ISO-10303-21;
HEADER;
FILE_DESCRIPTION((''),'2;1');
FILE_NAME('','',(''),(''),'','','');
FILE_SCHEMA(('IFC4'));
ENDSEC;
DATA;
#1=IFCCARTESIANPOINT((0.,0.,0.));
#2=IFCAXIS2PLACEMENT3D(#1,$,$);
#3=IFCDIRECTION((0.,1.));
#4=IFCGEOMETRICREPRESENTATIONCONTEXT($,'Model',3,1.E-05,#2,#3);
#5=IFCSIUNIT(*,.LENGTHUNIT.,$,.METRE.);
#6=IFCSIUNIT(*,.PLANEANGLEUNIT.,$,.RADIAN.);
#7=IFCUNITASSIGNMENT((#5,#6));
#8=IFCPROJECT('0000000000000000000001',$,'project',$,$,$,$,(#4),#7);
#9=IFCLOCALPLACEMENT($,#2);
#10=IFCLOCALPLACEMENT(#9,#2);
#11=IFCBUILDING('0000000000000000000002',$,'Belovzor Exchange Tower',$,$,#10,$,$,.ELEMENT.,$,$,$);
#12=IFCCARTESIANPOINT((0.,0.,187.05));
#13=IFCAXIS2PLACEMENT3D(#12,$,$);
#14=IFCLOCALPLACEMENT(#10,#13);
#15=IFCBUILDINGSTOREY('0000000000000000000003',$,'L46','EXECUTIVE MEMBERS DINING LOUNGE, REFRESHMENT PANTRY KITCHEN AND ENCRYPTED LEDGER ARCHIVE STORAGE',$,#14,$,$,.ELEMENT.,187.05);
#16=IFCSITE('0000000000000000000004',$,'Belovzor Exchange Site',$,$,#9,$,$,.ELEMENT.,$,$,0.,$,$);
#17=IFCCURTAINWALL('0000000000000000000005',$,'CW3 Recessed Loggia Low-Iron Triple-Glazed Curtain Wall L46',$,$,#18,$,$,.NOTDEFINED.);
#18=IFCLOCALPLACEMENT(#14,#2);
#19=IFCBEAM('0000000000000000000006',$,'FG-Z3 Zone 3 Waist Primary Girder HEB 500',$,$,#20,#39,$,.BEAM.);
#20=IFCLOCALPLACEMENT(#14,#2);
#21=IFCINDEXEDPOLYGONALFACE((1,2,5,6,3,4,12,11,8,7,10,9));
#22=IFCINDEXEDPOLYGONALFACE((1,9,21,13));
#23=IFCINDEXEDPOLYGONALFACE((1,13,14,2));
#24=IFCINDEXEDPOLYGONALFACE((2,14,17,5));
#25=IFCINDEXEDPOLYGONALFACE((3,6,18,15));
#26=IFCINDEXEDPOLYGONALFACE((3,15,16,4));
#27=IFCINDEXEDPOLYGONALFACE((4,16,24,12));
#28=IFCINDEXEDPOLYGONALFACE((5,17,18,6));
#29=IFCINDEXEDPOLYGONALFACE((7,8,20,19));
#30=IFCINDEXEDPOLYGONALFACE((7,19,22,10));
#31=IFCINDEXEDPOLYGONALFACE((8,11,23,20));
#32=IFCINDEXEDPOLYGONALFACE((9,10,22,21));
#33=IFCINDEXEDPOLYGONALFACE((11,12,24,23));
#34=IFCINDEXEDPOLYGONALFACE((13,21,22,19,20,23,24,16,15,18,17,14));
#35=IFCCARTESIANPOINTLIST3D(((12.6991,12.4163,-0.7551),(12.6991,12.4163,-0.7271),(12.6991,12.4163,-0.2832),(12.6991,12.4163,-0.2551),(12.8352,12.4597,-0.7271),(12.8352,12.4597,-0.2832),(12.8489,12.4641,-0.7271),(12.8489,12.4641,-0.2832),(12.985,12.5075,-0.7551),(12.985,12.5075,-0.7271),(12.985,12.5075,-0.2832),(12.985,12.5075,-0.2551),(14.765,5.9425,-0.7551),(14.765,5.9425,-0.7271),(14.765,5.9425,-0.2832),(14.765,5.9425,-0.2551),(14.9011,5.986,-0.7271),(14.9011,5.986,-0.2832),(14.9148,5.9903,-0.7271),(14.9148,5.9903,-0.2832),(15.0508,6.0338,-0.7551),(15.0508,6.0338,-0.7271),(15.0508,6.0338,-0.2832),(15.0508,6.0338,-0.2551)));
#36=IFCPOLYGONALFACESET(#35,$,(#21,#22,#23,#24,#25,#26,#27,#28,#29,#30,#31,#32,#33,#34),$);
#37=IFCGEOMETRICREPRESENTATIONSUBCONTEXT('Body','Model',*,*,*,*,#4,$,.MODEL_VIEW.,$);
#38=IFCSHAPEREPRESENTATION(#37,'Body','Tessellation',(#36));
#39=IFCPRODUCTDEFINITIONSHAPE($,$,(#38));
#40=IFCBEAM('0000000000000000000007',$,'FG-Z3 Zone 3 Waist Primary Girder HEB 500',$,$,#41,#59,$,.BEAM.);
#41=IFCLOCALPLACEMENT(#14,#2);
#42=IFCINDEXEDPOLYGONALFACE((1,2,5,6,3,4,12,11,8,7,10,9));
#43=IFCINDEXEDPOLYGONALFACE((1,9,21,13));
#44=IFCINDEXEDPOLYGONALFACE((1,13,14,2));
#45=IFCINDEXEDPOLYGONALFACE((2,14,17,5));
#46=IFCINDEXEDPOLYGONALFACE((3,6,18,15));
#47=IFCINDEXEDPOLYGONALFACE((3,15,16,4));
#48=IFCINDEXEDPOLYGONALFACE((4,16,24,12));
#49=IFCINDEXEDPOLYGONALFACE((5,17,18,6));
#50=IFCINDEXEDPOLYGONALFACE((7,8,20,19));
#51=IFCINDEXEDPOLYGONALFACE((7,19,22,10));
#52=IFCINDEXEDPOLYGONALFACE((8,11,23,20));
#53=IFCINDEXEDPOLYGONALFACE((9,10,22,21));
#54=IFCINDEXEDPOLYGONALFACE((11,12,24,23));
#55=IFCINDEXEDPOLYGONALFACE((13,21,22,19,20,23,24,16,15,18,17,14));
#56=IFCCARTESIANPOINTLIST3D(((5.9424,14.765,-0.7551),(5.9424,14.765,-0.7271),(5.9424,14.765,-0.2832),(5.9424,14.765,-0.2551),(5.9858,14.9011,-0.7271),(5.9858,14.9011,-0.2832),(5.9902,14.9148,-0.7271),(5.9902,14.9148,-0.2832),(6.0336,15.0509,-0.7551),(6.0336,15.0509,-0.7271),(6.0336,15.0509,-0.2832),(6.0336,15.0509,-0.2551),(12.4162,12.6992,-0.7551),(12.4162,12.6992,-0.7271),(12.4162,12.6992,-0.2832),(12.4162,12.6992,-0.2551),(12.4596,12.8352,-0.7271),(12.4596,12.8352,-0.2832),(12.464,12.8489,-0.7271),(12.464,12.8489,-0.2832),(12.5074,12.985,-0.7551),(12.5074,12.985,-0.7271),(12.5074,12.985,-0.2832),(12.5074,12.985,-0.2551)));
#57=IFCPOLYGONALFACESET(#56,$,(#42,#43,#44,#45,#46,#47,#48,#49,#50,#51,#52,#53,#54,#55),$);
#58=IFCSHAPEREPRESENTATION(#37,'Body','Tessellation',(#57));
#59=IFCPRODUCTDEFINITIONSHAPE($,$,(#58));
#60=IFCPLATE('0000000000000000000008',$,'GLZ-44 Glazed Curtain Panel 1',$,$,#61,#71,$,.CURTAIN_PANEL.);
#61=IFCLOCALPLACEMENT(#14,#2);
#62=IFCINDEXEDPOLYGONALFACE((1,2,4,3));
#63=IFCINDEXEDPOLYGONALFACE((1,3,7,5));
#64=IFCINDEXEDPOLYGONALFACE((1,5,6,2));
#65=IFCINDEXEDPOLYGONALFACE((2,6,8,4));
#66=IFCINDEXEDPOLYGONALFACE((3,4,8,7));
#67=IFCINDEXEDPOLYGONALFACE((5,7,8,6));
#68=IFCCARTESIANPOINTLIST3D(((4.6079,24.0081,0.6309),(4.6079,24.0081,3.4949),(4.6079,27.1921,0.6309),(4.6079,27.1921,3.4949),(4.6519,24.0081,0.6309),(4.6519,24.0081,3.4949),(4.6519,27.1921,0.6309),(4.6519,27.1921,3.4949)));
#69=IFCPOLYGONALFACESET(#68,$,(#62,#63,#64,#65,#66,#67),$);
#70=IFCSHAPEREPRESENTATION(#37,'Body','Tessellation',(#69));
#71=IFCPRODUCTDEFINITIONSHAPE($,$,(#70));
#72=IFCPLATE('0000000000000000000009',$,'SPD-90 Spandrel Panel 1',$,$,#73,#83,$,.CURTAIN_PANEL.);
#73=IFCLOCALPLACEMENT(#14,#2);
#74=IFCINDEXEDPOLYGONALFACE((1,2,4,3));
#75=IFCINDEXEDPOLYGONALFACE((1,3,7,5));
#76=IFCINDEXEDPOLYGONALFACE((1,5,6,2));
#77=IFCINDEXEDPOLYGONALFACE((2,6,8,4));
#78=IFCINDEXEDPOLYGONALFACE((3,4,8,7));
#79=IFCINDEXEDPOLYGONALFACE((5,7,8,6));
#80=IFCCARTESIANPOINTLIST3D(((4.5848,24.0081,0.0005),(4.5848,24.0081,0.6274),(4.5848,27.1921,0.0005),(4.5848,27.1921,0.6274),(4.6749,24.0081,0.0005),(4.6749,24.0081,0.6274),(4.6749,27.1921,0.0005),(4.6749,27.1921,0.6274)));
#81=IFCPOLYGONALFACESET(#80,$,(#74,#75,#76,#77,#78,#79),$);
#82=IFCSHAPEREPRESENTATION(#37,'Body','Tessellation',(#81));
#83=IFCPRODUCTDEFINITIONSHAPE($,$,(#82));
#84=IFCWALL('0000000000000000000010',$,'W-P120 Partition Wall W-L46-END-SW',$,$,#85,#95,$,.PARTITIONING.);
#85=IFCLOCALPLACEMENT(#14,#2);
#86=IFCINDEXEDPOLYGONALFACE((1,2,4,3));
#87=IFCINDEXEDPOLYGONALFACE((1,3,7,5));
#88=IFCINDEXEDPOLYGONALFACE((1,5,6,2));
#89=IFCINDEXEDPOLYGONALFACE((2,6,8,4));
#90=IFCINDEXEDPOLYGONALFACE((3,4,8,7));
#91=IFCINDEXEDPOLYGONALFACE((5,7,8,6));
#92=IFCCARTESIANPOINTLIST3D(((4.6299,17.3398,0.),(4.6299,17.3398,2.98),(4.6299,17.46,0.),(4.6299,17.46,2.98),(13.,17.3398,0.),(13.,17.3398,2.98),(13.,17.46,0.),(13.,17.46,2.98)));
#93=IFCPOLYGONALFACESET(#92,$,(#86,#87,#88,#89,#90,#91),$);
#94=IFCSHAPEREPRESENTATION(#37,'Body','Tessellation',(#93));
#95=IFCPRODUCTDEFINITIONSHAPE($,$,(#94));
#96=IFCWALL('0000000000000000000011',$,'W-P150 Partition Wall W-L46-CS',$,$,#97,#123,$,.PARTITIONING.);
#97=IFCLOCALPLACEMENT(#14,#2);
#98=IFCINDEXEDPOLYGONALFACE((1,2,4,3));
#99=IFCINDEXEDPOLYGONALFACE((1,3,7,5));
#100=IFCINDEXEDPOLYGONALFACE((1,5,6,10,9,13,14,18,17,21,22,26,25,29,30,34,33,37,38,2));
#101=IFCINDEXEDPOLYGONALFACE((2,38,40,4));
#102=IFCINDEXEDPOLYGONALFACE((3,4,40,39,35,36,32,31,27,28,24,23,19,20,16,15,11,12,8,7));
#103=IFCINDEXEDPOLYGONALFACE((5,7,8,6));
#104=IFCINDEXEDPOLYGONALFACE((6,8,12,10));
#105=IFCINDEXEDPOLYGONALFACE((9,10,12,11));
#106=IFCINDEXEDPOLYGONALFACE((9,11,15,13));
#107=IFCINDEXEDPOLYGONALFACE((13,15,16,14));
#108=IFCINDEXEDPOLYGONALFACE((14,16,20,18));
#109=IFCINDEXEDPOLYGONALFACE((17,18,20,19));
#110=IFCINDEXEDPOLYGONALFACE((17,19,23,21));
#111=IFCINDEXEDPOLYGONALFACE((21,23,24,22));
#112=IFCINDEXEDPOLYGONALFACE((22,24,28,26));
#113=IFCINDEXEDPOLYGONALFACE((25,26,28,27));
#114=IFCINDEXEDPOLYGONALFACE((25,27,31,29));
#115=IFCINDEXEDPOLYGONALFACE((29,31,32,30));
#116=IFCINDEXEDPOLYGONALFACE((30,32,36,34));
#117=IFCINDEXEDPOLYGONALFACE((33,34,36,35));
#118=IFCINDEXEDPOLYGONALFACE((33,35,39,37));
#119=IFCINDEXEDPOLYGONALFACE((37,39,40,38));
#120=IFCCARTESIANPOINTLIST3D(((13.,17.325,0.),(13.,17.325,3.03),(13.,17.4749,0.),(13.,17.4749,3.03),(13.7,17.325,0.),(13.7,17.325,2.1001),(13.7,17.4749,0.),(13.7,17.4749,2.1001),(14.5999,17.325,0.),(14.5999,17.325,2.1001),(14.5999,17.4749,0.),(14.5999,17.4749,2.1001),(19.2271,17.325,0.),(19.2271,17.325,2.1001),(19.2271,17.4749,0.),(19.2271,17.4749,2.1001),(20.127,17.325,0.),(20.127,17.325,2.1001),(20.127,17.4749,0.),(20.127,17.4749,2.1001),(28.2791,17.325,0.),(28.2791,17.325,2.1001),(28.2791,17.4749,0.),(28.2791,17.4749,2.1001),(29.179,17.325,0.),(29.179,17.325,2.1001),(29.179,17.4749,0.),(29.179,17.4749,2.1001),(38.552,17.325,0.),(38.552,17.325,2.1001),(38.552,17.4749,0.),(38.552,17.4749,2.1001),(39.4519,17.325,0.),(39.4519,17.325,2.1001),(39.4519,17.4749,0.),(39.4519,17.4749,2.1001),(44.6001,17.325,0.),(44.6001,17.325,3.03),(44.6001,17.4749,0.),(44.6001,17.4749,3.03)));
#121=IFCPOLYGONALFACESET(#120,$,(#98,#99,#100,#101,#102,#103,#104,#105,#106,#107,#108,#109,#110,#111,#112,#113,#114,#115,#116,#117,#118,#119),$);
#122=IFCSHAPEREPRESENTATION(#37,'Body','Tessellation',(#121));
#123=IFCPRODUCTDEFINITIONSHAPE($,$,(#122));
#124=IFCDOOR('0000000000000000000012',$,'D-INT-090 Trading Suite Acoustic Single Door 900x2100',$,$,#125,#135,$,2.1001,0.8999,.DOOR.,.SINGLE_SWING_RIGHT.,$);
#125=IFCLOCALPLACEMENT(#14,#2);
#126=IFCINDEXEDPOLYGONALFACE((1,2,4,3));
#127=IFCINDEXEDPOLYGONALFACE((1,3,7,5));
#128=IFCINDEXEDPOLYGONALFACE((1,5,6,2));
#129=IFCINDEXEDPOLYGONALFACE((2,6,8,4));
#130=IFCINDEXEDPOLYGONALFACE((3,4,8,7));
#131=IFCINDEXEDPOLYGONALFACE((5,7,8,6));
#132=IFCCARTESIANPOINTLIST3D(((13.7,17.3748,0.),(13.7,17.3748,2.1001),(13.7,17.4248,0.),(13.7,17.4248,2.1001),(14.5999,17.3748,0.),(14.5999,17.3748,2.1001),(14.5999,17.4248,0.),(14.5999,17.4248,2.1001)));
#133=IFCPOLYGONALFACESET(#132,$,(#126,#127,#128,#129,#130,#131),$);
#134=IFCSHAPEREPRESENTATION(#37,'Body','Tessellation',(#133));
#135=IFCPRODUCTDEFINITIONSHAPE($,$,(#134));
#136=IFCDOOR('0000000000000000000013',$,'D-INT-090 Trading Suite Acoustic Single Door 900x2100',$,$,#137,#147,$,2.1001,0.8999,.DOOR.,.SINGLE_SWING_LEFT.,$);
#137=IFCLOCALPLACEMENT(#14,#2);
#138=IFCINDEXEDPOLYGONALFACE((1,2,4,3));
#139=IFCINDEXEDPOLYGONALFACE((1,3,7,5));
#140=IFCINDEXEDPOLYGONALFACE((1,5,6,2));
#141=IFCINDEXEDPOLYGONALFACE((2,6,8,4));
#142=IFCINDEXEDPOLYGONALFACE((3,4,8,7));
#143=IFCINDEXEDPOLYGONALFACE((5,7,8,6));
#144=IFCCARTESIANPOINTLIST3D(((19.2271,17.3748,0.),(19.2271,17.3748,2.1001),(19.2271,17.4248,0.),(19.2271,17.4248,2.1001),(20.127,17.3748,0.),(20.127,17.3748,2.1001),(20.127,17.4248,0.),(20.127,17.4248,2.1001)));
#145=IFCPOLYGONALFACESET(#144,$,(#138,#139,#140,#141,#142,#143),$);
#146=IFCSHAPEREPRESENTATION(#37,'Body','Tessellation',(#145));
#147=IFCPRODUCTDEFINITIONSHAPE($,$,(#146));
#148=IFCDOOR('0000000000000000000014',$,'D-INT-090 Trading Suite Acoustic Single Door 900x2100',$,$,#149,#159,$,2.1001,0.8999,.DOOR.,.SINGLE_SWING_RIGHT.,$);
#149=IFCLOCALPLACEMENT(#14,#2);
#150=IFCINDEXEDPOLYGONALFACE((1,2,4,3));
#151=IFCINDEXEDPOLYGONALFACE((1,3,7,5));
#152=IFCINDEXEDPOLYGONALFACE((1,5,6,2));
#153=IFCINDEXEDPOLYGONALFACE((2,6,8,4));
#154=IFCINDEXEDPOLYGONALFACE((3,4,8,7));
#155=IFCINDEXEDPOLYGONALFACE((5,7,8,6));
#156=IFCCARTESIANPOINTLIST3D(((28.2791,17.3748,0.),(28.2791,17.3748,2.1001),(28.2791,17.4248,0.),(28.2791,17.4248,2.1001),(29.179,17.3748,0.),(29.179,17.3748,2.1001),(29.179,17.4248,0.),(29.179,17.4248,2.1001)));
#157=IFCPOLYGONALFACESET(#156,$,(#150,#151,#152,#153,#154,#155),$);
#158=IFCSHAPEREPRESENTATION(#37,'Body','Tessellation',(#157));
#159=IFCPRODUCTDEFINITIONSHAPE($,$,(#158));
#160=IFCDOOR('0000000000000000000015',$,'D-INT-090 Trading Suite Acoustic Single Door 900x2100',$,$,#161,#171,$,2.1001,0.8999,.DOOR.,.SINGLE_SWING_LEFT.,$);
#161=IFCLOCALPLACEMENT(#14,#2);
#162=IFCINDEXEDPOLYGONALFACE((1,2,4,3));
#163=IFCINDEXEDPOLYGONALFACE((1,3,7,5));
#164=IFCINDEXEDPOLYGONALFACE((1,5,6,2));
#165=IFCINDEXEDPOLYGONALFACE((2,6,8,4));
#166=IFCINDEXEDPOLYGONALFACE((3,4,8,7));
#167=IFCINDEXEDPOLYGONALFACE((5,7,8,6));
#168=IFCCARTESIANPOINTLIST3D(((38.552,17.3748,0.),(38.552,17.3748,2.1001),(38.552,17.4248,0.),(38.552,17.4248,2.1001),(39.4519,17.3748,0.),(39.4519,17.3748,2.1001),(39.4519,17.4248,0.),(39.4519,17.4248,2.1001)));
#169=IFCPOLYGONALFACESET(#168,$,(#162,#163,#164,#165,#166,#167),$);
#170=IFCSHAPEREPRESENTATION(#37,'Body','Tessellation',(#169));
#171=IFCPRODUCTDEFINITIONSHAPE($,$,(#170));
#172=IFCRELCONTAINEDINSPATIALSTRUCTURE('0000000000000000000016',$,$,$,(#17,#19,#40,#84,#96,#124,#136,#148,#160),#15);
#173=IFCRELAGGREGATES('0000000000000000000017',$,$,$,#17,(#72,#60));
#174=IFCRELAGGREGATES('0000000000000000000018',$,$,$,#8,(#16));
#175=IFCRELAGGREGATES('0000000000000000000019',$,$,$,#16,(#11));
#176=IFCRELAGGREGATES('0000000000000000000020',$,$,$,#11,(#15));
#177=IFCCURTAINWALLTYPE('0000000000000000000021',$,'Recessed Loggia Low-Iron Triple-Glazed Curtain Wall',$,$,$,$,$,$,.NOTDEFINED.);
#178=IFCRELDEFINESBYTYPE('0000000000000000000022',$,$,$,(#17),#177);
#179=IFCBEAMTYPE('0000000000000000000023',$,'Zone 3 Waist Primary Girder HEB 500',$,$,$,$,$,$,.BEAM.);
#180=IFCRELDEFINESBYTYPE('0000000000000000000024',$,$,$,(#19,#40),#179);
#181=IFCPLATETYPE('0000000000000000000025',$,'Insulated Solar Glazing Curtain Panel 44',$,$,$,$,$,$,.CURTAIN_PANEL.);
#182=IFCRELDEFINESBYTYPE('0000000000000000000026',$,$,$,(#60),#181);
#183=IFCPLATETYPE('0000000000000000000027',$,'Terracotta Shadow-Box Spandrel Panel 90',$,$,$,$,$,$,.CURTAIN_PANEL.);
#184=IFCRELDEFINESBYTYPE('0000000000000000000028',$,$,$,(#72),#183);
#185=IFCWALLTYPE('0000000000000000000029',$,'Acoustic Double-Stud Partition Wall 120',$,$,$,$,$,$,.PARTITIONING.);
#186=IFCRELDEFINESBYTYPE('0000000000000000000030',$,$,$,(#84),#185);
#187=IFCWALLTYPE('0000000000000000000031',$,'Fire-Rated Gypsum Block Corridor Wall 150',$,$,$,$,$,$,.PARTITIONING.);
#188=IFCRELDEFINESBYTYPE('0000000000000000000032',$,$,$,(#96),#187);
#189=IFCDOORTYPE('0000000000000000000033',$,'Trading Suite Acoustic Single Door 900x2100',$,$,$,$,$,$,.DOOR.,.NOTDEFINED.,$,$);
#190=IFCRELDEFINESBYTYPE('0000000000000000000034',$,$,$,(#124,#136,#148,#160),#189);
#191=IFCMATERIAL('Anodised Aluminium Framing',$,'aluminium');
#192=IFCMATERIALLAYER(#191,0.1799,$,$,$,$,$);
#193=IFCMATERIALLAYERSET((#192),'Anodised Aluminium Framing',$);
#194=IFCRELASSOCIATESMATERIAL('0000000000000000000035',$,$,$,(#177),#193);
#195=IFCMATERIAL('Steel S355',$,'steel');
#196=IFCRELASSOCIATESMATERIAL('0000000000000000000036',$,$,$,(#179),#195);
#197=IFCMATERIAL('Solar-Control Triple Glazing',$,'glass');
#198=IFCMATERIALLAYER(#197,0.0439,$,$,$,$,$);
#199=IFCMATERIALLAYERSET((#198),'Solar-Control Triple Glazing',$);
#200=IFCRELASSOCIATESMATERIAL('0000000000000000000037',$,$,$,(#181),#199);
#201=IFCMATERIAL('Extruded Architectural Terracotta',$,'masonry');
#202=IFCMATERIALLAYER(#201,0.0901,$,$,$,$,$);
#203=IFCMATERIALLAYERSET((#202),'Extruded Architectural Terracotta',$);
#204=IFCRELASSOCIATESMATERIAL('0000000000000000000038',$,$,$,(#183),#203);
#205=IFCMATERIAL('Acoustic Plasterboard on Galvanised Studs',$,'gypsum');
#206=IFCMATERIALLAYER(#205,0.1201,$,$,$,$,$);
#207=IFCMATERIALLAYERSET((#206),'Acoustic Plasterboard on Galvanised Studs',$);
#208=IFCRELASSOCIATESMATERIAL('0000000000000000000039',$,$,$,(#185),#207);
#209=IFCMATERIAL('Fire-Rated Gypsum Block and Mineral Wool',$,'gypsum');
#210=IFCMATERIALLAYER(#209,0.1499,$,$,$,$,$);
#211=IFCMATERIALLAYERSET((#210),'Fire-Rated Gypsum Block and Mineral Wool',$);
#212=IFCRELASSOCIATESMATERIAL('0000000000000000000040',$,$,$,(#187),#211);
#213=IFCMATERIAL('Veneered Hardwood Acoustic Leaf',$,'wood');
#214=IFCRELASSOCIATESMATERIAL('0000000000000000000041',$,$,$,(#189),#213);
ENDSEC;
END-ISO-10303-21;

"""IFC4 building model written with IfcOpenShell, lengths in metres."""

from ifc_helpers import new_model, si_unit, direction, frame, frame_2d, origin, origin_2d, place, context, subcontext, project, spatial, rectangle, i_section, extrude, material, layer, layer_set, material_profile, profile_set, type_object, element, fill, aggregate, save


model = new_model("IFC4")

# Units and contexts
model_context = context("Model", 3, precision=1e-05, world=origin(), true_north=direction((0.0, 1.0)))
body_context = subcontext(model_context, "Body", "Model", "MODEL_VIEW")
ifc_project = project(units=[si_unit("LENGTHUNIT", "METRE"), si_unit("PLANEANGLEUNIT", "RADIAN")], contexts=[model_context])

# Site, building, storey
site_placement = place(None, origin())
site = spatial("IfcSite", under=ifc_project, at=site_placement, Name="Belovzor Exchange Site", CompositionType="ELEMENT", RefElevation=0.0)
building_placement = place(site_placement, origin())
building = spatial("IfcBuilding", under=site, at=building_placement, Name="Belovzor Exchange Tower", CompositionType="ELEMENT")
storey_placement = place(building_placement, frame((0.0, 0.0, 187.05)))
storey = spatial("IfcBuildingStorey", under=building, at=storey_placement, Name="L46", Description="EXECUTIVE MEMBERS DINING LOUNGE, REFRESHMENT PANTRY KITCHEN AND ENCRYPTED LEDGER ARCHIVE STORAGE", CompositionType="ELEMENT", Elevation=187.05)

# Curtain wall
ifc_material_1 = material(Name="Anodised Aluminium Framing", Category="aluminium")
ifc_layer_1 = layer(ifc_material_1, 0.1799)
ifc_layer_set_1 = layer_set([ifc_layer_1], Name="Anodised Aluminium Framing")
curtain_wall_type = type_object("IfcCurtainWallType", Name="Recessed Loggia Low-Iron Triple-Glazed Curtain Wall", PredefinedType="NOTDEFINED", material=ifc_layer_set_1)
curtain_wall_placement = place(storey_placement, origin())
curtain_wall = element("IfcCurtainWall", 1, at=curtain_wall_placement, inside=storey, type_object=curtain_wall_type, Name="CW3 Recessed Loggia Low-Iron Triple-Glazed Curtain Wall L46", PredefinedType="NOTDEFINED")

# Beams
ifc_material_2 = material(Name="Steel S355", Category="steel")
ifc_material_profile_1 = material_profile(ifc_material_2, i_section(OverallWidth=0.3, OverallDepth=0.5, WebThickness=0.0144, FlangeThickness=0.0281, at=origin_2d()))
ifc_profile_set_1 = profile_set([ifc_material_profile_1], Name="Steel S355")
beam_type_1 = type_object("IfcBeamType", Name="Zone 3 Waist Primary Girder HEB 500", PredefinedType="BEAM", material=ifc_profile_set_1)
for number, where, z_axis, x_axis, name in (
    (2, (12.842, 12.4619, -0.5051), (0.304012, -0.952668, 0.0), (0.952668, 0.304012, 0.0), "FG-Z3 Zone 3 Waist Primary Girder HEB 500"),
    (3, (5.988, 14.908, -0.5051), (0.952668, -0.304012, 0.0), (0.304012, 0.952668, 0.0), "FG-Z3 Zone 3 Waist Primary Girder HEB 500"),
):
    element("IfcBeam", number, at=place(storey_placement, frame(where, z_axis=z_axis, x_axis=x_axis)), inside=storey, type_object=beam_type_1, Name=name, PredefinedType="BEAM", context=body_context, shape_type="SweptSolid", body=[
        extrude(i_section(OverallWidth=0.3, OverallDepth=0.5, WebThickness=0.0144, FlangeThickness=0.0281, at=origin_2d()), origin(), (0.0, 0.0, 1.0), 6.7954),
    ])

# Plates
ifc_material_3 = material(Name="Solar-Control Triple Glazing", Category="glass")
ifc_layer_2 = layer(ifc_material_3, 0.0439)
ifc_layer_set_2 = layer_set([ifc_layer_2], Name="Solar-Control Triple Glazing")
plate_type_1 = type_object("IfcPlateType", Name="Insulated Solar Glazing Curtain Panel 44", PredefinedType="CURTAIN_PANEL", material=ifc_layer_set_2)
plate_1_placement = place(storey_placement, frame((4.6299, 25.6001, 0.6309), z_axis=(0.0, 0.0, 1.0), x_axis=(0.0, 1.0, 0.0)))
plate_1 = element("IfcPlate", 4, at=plate_1_placement, type_object=plate_type_1, Name="GLZ-44 Glazed Curtain Panel 1", PredefinedType="CURTAIN_PANEL", context=body_context, shape_type="SweptSolid", body=[
    extrude(rectangle(XDim=3.1841, YDim=0.0439, at=origin_2d()), origin(), (0.0, 0.0, 1.0), 2.864),
])
ifc_material_4 = material(Name="Extruded Architectural Terracotta", Category="masonry")
ifc_layer_3 = layer(ifc_material_4, 0.0901)
ifc_layer_set_3 = layer_set([ifc_layer_3], Name="Extruded Architectural Terracotta")
plate_type_2 = type_object("IfcPlateType", Name="Terracotta Shadow-Box Spandrel Panel 90", PredefinedType="CURTAIN_PANEL", material=ifc_layer_set_3)
plate_2_placement = place(storey_placement, frame((4.6299, 25.6001, 0.0005), z_axis=(0.0, 0.0, 1.0), x_axis=(0.0, 1.0, 0.0)))
plate_2 = element("IfcPlate", 5, at=plate_2_placement, type_object=plate_type_2, Name="SPD-90 Spandrel Panel 1", PredefinedType="CURTAIN_PANEL", context=body_context, shape_type="SweptSolid", body=[
    extrude(rectangle(XDim=3.1841, YDim=0.0901, at=origin_2d()), origin(), (0.0, 0.0, 1.0), 0.627),
])
aggregate(curtain_wall, [plate_2, plate_1])

# Wall
ifc_material_5 = material(Name="Acoustic Plasterboard on Galvanised Studs", Category="gypsum")
ifc_layer_4 = layer(ifc_material_5, 0.1201)
ifc_layer_set_4 = layer_set([ifc_layer_4], Name="Acoustic Plasterboard on Galvanised Studs")
wall_type_1 = type_object("IfcWallType", Name="Acoustic Double-Stud Partition Wall 120", PredefinedType="PARTITIONING", material=ifc_layer_set_4)
wall_1_placement = place(storey_placement, frame((4.6299, 17.3999, 0.0), z_axis=(0.0, 0.0, 1.0), x_axis=(1.0, 0.0, 0.0)))
element("IfcWall", 6, at=wall_1_placement, inside=storey, type_object=wall_type_1, Name="W-P120 Partition Wall W-L46-END-SW", PredefinedType="PARTITIONING", context=body_context, shape_type="SweptSolid", body=[
    extrude(rectangle(XDim=8.3701, YDim=0.1201, at=frame_2d((4.1851, 0.0))), origin(), (0.0, 0.0, 1.0), 2.98),
])

# Wall, openings, doors
ifc_material_6 = material(Name="Fire-Rated Gypsum Block and Mineral Wool", Category="gypsum")
ifc_layer_5 = layer(ifc_material_6, 0.1499)
ifc_layer_set_5 = layer_set([ifc_layer_5], Name="Fire-Rated Gypsum Block and Mineral Wool")
wall_type_2 = type_object("IfcWallType", Name="Fire-Rated Gypsum Block Corridor Wall 150", PredefinedType="PARTITIONING", material=ifc_layer_set_5)
wall_2_placement = place(storey_placement, frame((13.0, 17.3999, 0.0), z_axis=(0.0, 0.0, 1.0), x_axis=(1.0, 0.0, 0.0)))
wall_2 = element("IfcWall", 7, at=wall_2_placement, inside=storey, type_object=wall_type_2, Name="W-P150 Partition Wall W-L46-CS", PredefinedType="PARTITIONING", context=body_context, shape_type="SweptSolid", body=[
    extrude(rectangle(XDim=31.6001, YDim=0.1499, at=frame_2d((15.8, 0.0))), origin(), (0.0, 0.0, 1.0), 3.03),
])
opening_1_placement = place(wall_2_placement, frame((0.7, 0.0, 0.0)))
opening_1 = element("IfcOpeningElement", 8, at=opening_1_placement, cuts=wall_2, PredefinedType="OPENING", context=body_context, shape_type="SweptSolid", body=[
    extrude(rectangle(XDim=0.8999, YDim=2.1001, at=frame_2d((0.45, 1.05))), frame((0.0, 0.085, 0.0), z_axis=(0.0, -1.0, 0.0), x_axis=(1.0, 0.0, 0.0)), (0.0, 0.0, 1.0), 0.1699),
])
opening_2_placement = place(wall_2_placement, frame((6.2271, 0.0, 0.0)))
opening_2 = element("IfcOpeningElement", 9, at=opening_2_placement, cuts=wall_2, PredefinedType="OPENING", context=body_context, shape_type="SweptSolid", body=[
    extrude(rectangle(XDim=0.8999, YDim=2.1001, at=frame_2d((0.45, 1.05))), frame((0.0, 0.085, 0.0), z_axis=(0.0, -1.0, 0.0), x_axis=(1.0, 0.0, 0.0)), (0.0, 0.0, 1.0), 0.1699),
])
opening_3_placement = place(wall_2_placement, frame((15.2791, 0.0, 0.0)))
opening_3 = element("IfcOpeningElement", 10, at=opening_3_placement, cuts=wall_2, PredefinedType="OPENING", context=body_context, shape_type="SweptSolid", body=[
    extrude(rectangle(XDim=0.8999, YDim=2.1001, at=frame_2d((0.45, 1.05))), frame((0.0, 0.085, 0.0), z_axis=(0.0, -1.0, 0.0), x_axis=(1.0, 0.0, 0.0)), (0.0, 0.0, 1.0), 0.1699),
])
opening_4_placement = place(wall_2_placement, frame((25.552, 0.0, 0.0)))
opening_4 = element("IfcOpeningElement", 11, at=opening_4_placement, cuts=wall_2, PredefinedType="OPENING", context=body_context, shape_type="SweptSolid", body=[
    extrude(rectangle(XDim=0.8999, YDim=2.1001, at=frame_2d((0.45, 1.05))), frame((0.0, 0.085, 0.0), z_axis=(0.0, -1.0, 0.0), x_axis=(1.0, 0.0, 0.0)), (0.0, 0.0, 1.0), 0.1699),
])
ifc_material_7 = material(Name="Veneered Hardwood Acoustic Leaf", Category="wood")
door_type = type_object("IfcDoorType", Name="Trading Suite Acoustic Single Door 900x2100", OperationType="NOTDEFINED", PredefinedType="DOOR", material=ifc_material_7)
door_1_placement = place(opening_1_placement, origin())
door_1 = element("IfcDoor", 12, at=door_1_placement, inside=storey, type_object=door_type, Name="D-INT-090 Trading Suite Acoustic Single Door 900x2100", OperationType="SINGLE_SWING_RIGHT", OverallHeight=2.1001, OverallWidth=0.8999, PredefinedType="DOOR", context=body_context, shape_type="SweptSolid", body=[
    extrude(rectangle(XDim=0.8999, YDim=2.1001, at=frame_2d((0.45, 1.05))), frame((0.0, 0.0249, 0.0), z_axis=(0.0, -1.0, 0.0), x_axis=(1.0, 0.0, 0.0)), (0.0, 0.0, 1.0), 0.05),
])
fill(opening_1, door_1)
door_2_placement = place(opening_2_placement, origin())
door_2 = element("IfcDoor", 13, at=door_2_placement, inside=storey, type_object=door_type, Name="D-INT-090 Trading Suite Acoustic Single Door 900x2100", OperationType="SINGLE_SWING_LEFT", OverallHeight=2.1001, OverallWidth=0.8999, PredefinedType="DOOR", context=body_context, shape_type="SweptSolid", body=[
    extrude(rectangle(XDim=0.8999, YDim=2.1001, at=frame_2d((0.45, 1.05))), frame((0.0, 0.0249, 0.0), z_axis=(0.0, -1.0, 0.0), x_axis=(1.0, 0.0, 0.0)), (0.0, 0.0, 1.0), 0.05),
])
fill(opening_2, door_2)
door_3_placement = place(opening_3_placement, origin())
door_3 = element("IfcDoor", 14, at=door_3_placement, inside=storey, type_object=door_type, Name="D-INT-090 Trading Suite Acoustic Single Door 900x2100", OperationType="SINGLE_SWING_RIGHT", OverallHeight=2.1001, OverallWidth=0.8999, PredefinedType="DOOR", context=body_context, shape_type="SweptSolid", body=[
    extrude(rectangle(XDim=0.8999, YDim=2.1001, at=frame_2d((0.45, 1.05))), frame((0.0, 0.0249, 0.0), z_axis=(0.0, -1.0, 0.0), x_axis=(1.0, 0.0, 0.0)), (0.0, 0.0, 1.0), 0.05),
])
fill(opening_3, door_3)
door_4_placement = place(opening_4_placement, origin())
door_4 = element("IfcDoor", 15, at=door_4_placement, inside=storey, type_object=door_type, Name="D-INT-090 Trading Suite Acoustic Single Door 900x2100", OperationType="SINGLE_SWING_LEFT", OverallHeight=2.1001, OverallWidth=0.8999, PredefinedType="DOOR", context=body_context, shape_type="SweptSolid", body=[
    extrude(rectangle(XDim=0.8999, YDim=2.1001, at=frame_2d((0.45, 1.05))), frame((0.0, 0.0249, 0.0), z_axis=(0.0, -1.0, 0.0), x_axis=(1.0, 0.0, 0.0)), (0.0, 0.0, 1.0), 0.05),
])
fill(opening_4, door_4)

save(model, "model.ifc")
